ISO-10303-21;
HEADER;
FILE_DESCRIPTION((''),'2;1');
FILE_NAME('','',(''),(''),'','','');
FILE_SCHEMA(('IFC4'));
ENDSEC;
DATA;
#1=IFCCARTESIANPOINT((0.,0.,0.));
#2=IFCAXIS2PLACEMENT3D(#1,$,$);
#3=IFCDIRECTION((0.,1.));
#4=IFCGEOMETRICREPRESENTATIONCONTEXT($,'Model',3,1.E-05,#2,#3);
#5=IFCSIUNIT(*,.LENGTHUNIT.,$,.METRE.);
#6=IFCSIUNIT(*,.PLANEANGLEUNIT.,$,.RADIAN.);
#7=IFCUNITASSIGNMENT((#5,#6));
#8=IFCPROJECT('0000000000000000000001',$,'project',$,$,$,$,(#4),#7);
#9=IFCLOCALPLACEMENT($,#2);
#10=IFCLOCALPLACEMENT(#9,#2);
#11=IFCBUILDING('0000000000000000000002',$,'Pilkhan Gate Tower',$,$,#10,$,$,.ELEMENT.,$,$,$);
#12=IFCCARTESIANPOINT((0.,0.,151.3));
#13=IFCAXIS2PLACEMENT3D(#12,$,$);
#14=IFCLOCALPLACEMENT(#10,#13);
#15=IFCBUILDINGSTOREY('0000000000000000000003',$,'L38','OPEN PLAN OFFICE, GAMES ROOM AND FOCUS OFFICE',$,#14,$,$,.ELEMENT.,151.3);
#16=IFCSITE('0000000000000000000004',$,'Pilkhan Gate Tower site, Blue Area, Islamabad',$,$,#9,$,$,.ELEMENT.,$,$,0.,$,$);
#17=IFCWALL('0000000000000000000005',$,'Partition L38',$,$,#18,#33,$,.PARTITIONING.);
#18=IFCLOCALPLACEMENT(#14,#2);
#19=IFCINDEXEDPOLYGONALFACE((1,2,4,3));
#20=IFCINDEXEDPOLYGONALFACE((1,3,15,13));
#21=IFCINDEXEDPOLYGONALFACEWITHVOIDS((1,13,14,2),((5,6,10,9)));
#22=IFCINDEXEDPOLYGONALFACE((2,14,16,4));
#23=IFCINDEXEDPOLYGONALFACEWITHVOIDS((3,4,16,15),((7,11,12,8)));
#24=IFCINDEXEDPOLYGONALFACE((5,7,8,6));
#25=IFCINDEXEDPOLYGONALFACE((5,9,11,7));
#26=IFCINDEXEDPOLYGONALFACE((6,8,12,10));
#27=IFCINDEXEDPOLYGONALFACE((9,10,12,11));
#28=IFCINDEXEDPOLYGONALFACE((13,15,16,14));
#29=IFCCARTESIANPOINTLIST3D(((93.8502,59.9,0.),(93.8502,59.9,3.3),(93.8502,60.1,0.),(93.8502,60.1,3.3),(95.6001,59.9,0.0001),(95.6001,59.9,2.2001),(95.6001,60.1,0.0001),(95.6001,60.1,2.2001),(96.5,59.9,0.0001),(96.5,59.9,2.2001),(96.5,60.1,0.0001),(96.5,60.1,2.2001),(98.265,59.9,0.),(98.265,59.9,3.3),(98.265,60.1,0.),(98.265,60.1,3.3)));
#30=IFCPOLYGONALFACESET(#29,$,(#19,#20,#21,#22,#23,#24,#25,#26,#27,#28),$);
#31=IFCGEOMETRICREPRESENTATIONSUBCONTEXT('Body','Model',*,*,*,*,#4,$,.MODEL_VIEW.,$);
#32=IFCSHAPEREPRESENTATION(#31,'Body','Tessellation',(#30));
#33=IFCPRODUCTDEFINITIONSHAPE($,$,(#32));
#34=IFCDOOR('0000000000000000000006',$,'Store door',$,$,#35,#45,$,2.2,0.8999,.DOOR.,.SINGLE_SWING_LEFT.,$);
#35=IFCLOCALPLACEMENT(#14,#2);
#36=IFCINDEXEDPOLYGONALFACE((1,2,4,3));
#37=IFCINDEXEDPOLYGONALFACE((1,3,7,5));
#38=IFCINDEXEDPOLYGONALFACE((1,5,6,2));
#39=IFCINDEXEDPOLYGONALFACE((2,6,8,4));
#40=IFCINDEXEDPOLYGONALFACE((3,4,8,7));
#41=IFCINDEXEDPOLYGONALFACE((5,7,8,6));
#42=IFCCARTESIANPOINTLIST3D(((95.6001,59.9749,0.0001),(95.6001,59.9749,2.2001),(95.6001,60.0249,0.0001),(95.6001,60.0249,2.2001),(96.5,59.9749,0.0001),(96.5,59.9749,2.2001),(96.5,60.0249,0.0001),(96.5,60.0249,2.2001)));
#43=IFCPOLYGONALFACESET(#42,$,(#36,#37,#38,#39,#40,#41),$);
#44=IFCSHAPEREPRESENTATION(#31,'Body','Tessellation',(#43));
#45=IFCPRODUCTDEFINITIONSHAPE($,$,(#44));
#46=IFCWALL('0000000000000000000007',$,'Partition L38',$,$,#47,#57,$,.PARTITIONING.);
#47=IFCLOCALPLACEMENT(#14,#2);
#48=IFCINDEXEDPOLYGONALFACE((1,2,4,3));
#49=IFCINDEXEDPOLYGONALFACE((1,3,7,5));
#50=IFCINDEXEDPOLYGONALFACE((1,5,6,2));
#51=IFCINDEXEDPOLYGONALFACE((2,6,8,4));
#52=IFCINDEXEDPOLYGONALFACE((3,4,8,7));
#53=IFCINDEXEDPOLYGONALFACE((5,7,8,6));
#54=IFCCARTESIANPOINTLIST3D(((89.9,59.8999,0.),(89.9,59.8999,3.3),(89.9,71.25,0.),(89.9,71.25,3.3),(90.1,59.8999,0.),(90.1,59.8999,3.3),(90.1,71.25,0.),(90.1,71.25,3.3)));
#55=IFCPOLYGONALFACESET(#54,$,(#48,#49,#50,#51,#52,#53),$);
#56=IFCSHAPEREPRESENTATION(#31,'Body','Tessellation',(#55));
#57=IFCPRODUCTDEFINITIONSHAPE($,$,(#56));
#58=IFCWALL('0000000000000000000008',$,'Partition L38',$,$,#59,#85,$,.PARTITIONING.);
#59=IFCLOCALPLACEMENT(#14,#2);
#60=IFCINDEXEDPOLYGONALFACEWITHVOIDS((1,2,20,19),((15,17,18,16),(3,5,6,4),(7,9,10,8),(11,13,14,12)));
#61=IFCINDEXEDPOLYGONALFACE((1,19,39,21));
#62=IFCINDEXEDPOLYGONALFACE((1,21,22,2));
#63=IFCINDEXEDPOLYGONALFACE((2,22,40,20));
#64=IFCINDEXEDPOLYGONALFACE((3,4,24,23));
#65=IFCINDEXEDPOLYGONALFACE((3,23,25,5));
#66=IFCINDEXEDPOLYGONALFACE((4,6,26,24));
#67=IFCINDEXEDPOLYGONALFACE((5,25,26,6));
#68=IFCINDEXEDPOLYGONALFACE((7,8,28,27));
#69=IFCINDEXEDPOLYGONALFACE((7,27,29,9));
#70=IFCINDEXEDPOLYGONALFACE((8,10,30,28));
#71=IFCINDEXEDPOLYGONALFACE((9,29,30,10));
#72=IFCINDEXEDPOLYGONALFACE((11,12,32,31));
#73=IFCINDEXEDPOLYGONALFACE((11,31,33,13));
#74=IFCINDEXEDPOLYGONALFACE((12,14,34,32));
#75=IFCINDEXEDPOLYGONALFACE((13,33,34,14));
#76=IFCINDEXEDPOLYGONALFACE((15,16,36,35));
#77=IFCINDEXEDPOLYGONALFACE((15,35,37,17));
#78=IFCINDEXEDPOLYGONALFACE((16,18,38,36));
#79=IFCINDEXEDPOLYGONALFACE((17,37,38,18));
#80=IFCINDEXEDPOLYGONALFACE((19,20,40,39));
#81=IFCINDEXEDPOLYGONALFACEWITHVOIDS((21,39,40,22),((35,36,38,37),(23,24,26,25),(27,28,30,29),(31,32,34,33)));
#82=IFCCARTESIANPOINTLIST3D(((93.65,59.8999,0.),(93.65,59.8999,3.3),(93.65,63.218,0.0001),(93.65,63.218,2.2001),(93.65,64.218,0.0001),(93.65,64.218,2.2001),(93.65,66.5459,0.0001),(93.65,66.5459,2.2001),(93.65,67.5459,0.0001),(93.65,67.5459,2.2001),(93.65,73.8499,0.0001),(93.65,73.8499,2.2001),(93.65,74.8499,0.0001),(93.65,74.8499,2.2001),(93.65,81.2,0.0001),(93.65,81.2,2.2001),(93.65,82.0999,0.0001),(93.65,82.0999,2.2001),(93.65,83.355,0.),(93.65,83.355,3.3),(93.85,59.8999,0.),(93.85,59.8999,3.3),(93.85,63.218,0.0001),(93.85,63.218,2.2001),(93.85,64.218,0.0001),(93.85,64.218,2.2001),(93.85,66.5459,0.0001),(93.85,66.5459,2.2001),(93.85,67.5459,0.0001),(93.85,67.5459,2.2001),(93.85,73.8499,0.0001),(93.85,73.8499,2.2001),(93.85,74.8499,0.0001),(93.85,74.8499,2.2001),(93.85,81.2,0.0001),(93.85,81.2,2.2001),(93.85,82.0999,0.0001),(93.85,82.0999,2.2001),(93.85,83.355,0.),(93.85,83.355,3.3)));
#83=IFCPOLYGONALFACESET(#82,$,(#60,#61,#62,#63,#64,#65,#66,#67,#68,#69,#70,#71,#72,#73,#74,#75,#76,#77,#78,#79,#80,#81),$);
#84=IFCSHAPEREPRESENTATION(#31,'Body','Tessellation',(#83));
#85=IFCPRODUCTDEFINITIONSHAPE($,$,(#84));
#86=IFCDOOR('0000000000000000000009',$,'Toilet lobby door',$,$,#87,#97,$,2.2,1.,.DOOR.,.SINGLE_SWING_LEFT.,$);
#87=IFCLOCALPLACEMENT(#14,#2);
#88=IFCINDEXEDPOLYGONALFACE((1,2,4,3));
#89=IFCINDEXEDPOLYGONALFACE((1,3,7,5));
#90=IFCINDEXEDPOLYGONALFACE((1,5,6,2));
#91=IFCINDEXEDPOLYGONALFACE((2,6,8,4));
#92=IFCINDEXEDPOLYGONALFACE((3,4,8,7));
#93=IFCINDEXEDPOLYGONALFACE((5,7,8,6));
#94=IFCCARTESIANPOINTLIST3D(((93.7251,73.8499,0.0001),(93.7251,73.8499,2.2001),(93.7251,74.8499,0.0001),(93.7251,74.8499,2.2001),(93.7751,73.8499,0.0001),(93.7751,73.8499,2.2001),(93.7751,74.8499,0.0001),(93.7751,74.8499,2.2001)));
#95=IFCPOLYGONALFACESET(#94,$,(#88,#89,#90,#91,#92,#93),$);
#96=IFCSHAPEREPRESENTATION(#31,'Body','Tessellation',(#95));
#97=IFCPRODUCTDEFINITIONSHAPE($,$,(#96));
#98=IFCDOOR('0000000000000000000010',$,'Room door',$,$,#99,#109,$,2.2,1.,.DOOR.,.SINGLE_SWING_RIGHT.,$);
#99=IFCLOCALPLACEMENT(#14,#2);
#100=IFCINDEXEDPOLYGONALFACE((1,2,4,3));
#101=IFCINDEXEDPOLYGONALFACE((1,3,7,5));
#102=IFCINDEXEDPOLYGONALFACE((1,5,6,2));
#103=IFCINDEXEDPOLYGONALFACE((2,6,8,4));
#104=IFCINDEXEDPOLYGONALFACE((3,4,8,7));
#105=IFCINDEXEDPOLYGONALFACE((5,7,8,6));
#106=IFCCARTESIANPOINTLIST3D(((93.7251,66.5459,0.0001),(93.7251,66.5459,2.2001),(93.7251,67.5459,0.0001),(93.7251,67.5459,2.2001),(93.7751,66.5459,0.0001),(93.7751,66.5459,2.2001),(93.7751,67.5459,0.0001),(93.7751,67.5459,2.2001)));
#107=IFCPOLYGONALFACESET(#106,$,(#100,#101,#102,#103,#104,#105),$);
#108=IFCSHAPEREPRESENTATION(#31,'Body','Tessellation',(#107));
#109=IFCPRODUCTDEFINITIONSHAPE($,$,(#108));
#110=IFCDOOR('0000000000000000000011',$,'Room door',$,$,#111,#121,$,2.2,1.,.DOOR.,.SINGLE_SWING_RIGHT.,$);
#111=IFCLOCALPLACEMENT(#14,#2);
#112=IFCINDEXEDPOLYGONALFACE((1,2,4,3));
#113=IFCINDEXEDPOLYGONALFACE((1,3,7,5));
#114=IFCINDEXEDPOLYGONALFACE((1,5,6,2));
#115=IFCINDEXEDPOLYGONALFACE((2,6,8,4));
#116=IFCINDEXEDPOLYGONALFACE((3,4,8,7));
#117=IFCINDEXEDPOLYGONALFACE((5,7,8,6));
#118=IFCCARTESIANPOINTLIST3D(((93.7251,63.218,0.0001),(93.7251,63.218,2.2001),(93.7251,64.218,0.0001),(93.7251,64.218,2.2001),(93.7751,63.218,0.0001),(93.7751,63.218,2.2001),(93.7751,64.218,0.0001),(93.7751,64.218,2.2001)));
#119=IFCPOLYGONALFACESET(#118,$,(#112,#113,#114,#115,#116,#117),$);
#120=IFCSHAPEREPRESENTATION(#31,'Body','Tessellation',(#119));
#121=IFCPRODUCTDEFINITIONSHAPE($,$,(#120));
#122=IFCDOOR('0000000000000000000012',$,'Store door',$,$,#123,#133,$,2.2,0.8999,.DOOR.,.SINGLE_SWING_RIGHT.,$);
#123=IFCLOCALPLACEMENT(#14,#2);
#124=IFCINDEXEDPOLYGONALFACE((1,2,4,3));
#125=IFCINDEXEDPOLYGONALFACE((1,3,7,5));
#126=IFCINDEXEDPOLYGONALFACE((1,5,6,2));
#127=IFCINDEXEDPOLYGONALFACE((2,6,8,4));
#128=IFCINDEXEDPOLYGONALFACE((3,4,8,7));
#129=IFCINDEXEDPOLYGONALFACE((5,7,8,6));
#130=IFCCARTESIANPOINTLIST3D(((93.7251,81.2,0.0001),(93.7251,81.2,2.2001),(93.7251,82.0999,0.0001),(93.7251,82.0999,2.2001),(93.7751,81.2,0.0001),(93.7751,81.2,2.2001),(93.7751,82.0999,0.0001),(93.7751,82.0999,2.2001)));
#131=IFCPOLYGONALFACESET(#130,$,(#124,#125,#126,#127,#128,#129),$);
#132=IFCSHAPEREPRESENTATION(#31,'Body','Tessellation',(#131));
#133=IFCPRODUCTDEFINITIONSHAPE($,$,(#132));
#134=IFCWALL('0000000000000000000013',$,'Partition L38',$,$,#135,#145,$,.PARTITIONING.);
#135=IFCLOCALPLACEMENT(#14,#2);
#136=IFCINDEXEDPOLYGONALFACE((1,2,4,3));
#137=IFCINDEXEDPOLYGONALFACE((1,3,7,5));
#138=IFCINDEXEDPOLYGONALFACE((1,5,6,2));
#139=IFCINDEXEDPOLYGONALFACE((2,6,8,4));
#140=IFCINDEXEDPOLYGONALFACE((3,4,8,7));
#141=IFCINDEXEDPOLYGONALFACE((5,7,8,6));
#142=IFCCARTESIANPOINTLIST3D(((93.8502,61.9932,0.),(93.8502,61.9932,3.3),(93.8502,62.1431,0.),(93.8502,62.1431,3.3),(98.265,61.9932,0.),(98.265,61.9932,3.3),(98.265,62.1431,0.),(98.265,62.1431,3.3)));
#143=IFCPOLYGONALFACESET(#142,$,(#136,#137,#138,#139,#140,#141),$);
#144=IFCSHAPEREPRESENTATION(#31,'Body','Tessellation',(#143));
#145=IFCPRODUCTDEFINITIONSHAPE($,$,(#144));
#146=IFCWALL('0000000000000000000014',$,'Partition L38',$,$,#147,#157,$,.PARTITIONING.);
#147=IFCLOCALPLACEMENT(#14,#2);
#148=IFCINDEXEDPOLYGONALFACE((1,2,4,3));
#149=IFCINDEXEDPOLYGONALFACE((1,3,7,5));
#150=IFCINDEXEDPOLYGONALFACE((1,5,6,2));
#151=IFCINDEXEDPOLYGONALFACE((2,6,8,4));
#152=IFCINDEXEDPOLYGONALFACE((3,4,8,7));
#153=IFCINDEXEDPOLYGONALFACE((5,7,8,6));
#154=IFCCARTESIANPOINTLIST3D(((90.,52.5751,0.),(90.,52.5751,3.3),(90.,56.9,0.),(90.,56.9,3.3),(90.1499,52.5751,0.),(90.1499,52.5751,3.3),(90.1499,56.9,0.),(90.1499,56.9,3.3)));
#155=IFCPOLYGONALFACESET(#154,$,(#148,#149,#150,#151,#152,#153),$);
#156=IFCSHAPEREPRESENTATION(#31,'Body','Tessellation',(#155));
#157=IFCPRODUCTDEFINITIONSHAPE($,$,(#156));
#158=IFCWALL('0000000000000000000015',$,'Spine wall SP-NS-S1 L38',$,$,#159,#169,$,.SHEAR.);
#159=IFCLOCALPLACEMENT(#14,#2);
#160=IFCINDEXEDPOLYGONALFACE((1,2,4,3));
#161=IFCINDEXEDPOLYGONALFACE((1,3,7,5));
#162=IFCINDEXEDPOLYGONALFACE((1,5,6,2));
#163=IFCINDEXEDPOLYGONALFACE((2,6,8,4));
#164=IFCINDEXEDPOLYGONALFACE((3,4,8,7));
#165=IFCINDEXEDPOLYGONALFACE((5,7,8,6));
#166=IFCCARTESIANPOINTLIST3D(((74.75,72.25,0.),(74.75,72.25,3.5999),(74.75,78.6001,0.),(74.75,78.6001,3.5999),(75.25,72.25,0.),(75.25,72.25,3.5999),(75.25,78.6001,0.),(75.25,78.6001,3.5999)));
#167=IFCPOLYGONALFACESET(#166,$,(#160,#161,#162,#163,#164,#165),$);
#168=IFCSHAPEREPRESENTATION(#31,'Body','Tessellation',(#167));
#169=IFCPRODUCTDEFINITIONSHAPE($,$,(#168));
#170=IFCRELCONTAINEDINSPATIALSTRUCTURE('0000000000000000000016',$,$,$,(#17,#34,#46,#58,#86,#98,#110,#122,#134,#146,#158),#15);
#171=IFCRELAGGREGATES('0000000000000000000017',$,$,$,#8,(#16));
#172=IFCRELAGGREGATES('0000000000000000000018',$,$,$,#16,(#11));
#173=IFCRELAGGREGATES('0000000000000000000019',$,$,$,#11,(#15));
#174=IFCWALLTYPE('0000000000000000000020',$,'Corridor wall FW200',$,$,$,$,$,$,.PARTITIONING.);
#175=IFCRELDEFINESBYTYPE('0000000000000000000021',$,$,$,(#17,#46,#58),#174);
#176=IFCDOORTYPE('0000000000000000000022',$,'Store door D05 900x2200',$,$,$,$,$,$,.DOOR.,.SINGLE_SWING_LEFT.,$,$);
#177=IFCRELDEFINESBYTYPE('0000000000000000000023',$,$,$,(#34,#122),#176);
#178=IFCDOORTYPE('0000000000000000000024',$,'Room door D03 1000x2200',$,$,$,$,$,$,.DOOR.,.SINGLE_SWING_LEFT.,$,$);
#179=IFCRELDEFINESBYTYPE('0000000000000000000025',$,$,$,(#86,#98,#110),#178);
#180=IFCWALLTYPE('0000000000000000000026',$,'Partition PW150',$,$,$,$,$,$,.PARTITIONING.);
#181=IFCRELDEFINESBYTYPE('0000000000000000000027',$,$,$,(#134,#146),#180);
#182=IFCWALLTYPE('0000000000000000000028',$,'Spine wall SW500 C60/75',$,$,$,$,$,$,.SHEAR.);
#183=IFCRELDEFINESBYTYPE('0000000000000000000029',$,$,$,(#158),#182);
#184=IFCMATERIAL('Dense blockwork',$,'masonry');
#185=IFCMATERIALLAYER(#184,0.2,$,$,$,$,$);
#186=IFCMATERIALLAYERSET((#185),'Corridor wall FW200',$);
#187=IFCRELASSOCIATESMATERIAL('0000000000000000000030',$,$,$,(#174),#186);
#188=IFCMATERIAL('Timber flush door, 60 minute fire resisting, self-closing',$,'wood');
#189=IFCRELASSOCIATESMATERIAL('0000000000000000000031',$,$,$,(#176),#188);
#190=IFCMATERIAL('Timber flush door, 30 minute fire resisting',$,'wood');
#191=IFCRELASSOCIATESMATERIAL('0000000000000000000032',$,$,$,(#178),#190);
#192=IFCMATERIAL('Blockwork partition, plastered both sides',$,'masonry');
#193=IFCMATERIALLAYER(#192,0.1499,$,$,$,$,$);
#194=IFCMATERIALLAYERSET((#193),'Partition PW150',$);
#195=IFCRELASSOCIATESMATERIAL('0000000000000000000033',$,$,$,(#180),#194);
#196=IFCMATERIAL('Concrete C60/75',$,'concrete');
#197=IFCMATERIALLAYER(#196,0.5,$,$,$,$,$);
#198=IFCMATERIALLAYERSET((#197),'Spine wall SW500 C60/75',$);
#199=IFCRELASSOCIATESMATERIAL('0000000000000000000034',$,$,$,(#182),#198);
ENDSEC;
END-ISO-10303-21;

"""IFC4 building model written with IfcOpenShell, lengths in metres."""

from ifc_helpers import new_model, si_unit, direction, frame, frame_2d, origin, place, context, subcontext, project, spatial, rectangle, extrude, material, layer, layer_set, type_object, element, fill, save


model = new_model("IFC4")

# Units and contexts
model_context = context("Model", 3, precision=1e-05, world=origin(), true_north=direction((0.0, 1.0)))
body_context = subcontext(model_context, "Body", "Model", "MODEL_VIEW")
ifc_project = project(units=[si_unit("LENGTHUNIT", "METRE"), si_unit("PLANEANGLEUNIT", "RADIAN")], contexts=[model_context])

# Site, building, storey
site_placement = place(None, origin())
site = spatial("IfcSite", under=ifc_project, at=site_placement, Name="Pilkhan Gate Tower site, Blue Area, Islamabad", CompositionType="ELEMENT", RefElevation=0.0)
building_placement = place(site_placement, origin())
building = spatial("IfcBuilding", under=site, at=building_placement, Name="Pilkhan Gate Tower", CompositionType="ELEMENT")
storey_placement = place(building_placement, frame((0.0, 0.0, 151.3)))
storey = spatial("IfcBuildingStorey", under=building, at=storey_placement, Name="L38", Description="OPEN PLAN OFFICE, GAMES ROOM AND FOCUS OFFICE", CompositionType="ELEMENT", Elevation=151.3)

# Shared definitions
ifc_material_1 = material(Name="Concrete C60/75", Category="concrete")

# Wall, opening, door
ifc_material_2 = material(Name="Dense blockwork", Category="masonry")
ifc_layer_1 = layer(ifc_material_2, 0.2)
ifc_layer_set_1 = layer_set([ifc_layer_1], Name="Corridor wall FW200")
wall_type_1 = type_object("IfcWallType", Name="Corridor wall FW200", PredefinedType="PARTITIONING", material=ifc_layer_set_1)
wall_1_placement = place(storey_placement, frame((93.8501, 60.0, 0.0), z_axis=(0.0, 0.0, 1.0), x_axis=(1.0, 0.0, 0.0)))
wall_1 = element("IfcWall", 1, at=wall_1_placement, inside=storey, type_object=wall_type_1, Name="Partition L38", PredefinedType="PARTITIONING", context=body_context, shape_type="SweptSolid", body=[
    extrude(rectangle(XDim=4.4148, YDim=0.2, at=frame_2d((2.2075, 0.0))), origin(), (0.0, 0.0, 1.0), 3.3),
])
opening_1_placement = place(wall_1_placement, frame((1.75, 0.0, 0.0)))
opening_1 = element("IfcOpeningElement", 2, at=opening_1_placement, cuts=wall_1, PredefinedType="OPENING", context=body_context, shape_type="SweptSolid", body=[
    extrude(rectangle(XDim=0.8999, YDim=2.2, at=frame_2d((0.45, 1.1001))), frame((0.0, 0.1099, 0.0), z_axis=(0.0, -1.0, 0.0), x_axis=(1.0, 0.0, 0.0)), (0.0, 0.0, 1.0), 0.22),
])
ifc_material_3 = material(Name="Timber flush door, 60 minute fire resisting, self-closing", Category="wood")
door_type_1 = type_object("IfcDoorType", Name="Store door D05 900x2200", OperationType="SINGLE_SWING_LEFT", PredefinedType="DOOR", material=ifc_material_3)
door_1_placement = place(opening_1_placement, origin())
door_1 = element("IfcDoor", 3, at=door_1_placement, inside=storey, type_object=door_type_1, Name="Store door", OperationType="SINGLE_SWING_LEFT", OverallHeight=2.2, OverallWidth=0.8999, PredefinedType="DOOR", context=body_context, shape_type="SweptSolid", body=[
    extrude(rectangle(XDim=0.8999, YDim=2.2, at=frame_2d((0.45, 1.1001))), frame((0.0, 0.0249, 0.0), z_axis=(0.0, -1.0, 0.0), x_axis=(1.0, 0.0, 0.0)), (0.0, 0.0, 1.0), 0.05),
])
fill(opening_1, door_1)

# Wall
wall_2_placement = place(storey_placement, frame((90.0, 59.8999, 0.0), z_axis=(0.0, 0.0, 1.0), x_axis=(0.0, 1.0, 0.0)))
element("IfcWall", 4, at=wall_2_placement, inside=storey, type_object=wall_type_1, Name="Partition L38", PredefinedType="PARTITIONING", context=body_context, shape_type="SweptSolid", body=[
    extrude(rectangle(XDim=11.3501, YDim=0.2, at=frame_2d((5.675, 0.0))), origin(), (0.0, 0.0, 1.0), 3.3),
])

# Wall, openings, doors
wall_3_placement = place(storey_placement, frame((93.75, 59.8999, 0.0), z_axis=(0.0, 0.0, 1.0), x_axis=(0.0, 1.0, 0.0)))
wall_3 = element("IfcWall", 5, at=wall_3_placement, inside=storey, type_object=wall_type_1, Name="Partition L38", PredefinedType="PARTITIONING", context=body_context, shape_type="SweptSolid", body=[
    extrude(rectangle(XDim=23.4551, YDim=0.2, at=frame_2d((11.7275, 0.0))), origin(), (0.0, 0.0, 1.0), 3.3),
])
opening_2_placement = place(wall_3_placement, frame((13.95, 0.0, 0.0)))
opening_2 = element("IfcOpeningElement", 6, at=opening_2_placement, cuts=wall_3, PredefinedType="OPENING", context=body_context, shape_type="SweptSolid", body=[
    extrude(rectangle(XDim=1.0, YDim=2.2, at=frame_2d((0.5, 1.1001))), frame((0.0, 0.1099, 0.0), z_axis=(0.0, -1.0, 0.0), x_axis=(1.0, 0.0, 0.0)), (0.0, 0.0, 1.0), 0.22),
])
opening_3_placement = place(wall_3_placement, frame((6.646, 0.0, 0.0)))
opening_3 = element("IfcOpeningElement", 7, at=opening_3_placement, cuts=wall_3, PredefinedType="OPENING", context=body_context, shape_type="SweptSolid", body=[
    extrude(rectangle(XDim=1.0, YDim=2.2, at=frame_2d((0.5, 1.1001))), frame((0.0, 0.1099, 0.0), z_axis=(0.0, -1.0, 0.0), x_axis=(1.0, 0.0, 0.0)), (0.0, 0.0, 1.0), 0.22),
])
opening_4_placement = place(wall_3_placement, frame((3.3181, 0.0, 0.0)))
opening_4 = element("IfcOpeningElement", 8, at=opening_4_placement, cuts=wall_3, PredefinedType="OPENING", context=body_context, shape_type="SweptSolid", body=[
    extrude(rectangle(XDim=1.0, YDim=2.2, at=frame_2d((0.5, 1.1001))), frame((0.0, 0.1099, 0.0), z_axis=(0.0, -1.0, 0.0), x_axis=(1.0, 0.0, 0.0)), (0.0, 0.0, 1.0), 0.22),
])
opening_5_placement = place(wall_3_placement, frame((21.3, 0.0, 0.0)))
opening_5 = element("IfcOpeningElement", 9, at=opening_5_placement, cuts=wall_3, PredefinedType="OPENING", context=body_context, shape_type="SweptSolid", body=[
    extrude(rectangle(XDim=0.8999, YDim=2.2, at=frame_2d((0.45, 1.1001))), frame((0.0, 0.1099, 0.0), z_axis=(0.0, -1.0, 0.0), x_axis=(1.0, 0.0, 0.0)), (0.0, 0.0, 1.0), 0.22),
])
ifc_material_4 = material(Name="Timber flush door, 30 minute fire resisting", Category="wood")
door_type_2 = type_object("IfcDoorType", Name="Room door D03 1000x2200", OperationType="SINGLE_SWING_LEFT", PredefinedType="DOOR", material=ifc_material_4)
door_2_placement = place(opening_2_placement, origin())
door_2 = element("IfcDoor", 10, at=door_2_placement, inside=storey, type_object=door_type_2, Name="Toilet lobby door", OperationType="SINGLE_SWING_LEFT", OverallHeight=2.2, OverallWidth=1.0, PredefinedType="DOOR", context=body_context, shape_type="SweptSolid", body=[
    extrude(rectangle(XDim=1.0, YDim=2.2, at=frame_2d((0.5, 1.1001))), frame((0.0, 0.0249, 0.0), z_axis=(0.0, -1.0, 0.0), x_axis=(1.0, 0.0, 0.0)), (0.0, 0.0, 1.0), 0.05),
])
fill(opening_2, door_2)
door_3_placement = place(opening_3_placement, origin())
door_3 = element("IfcDoor", 11, at=door_3_placement, inside=storey, type_object=door_type_2, Name="Room door", OperationType="SINGLE_SWING_RIGHT", OverallHeight=2.2, OverallWidth=1.0, PredefinedType="DOOR", context=body_context, shape_type="SweptSolid", body=[
    extrude(rectangle(XDim=1.0, YDim=2.2, at=frame_2d((0.5, 1.1001))), frame((0.0, 0.0249, 0.0), z_axis=(0.0, -1.0, 0.0), x_axis=(1.0, 0.0, 0.0)), (0.0, 0.0, 1.0), 0.05),
])
fill(opening_3, door_3)
door_4_placement = place(opening_4_placement, origin())
door_4 = element("IfcDoor", 12, at=door_4_placement, inside=storey, type_object=door_type_2, Name="Room door", OperationType="SINGLE_SWING_RIGHT", OverallHeight=2.2, OverallWidth=1.0, PredefinedType="DOOR", context=body_context, shape_type="SweptSolid", body=[
    extrude(rectangle(XDim=1.0, YDim=2.2, at=frame_2d((0.5, 1.1001))), frame((0.0, 0.0249, 0.0), z_axis=(0.0, -1.0, 0.0), x_axis=(1.0, 0.0, 0.0)), (0.0, 0.0, 1.0), 0.05),
])
fill(opening_4, door_4)
door_5_placement = place(opening_5_placement, origin())
door_5 = element("IfcDoor", 13, at=door_5_placement, inside=storey, type_object=door_type_1, Name="Store door", OperationType="SINGLE_SWING_RIGHT", OverallHeight=2.2, OverallWidth=0.8999, PredefinedType="DOOR", context=body_context, shape_type="SweptSolid", body=[
    extrude(rectangle(XDim=0.8999, YDim=2.2, at=frame_2d((0.45, 1.1001))), frame((0.0, 0.0249, 0.0), z_axis=(0.0, -1.0, 0.0), x_axis=(1.0, 0.0, 0.0)), (0.0, 0.0, 1.0), 0.05),
])
fill(opening_5, door_5)

# Walls
ifc_material_5 = material(Name="Blockwork partition, plastered both sides", Category="masonry")
ifc_layer_2 = layer(ifc_material_5, 0.1499)
ifc_layer_set_2 = layer_set([ifc_layer_2], Name="Partition PW150")
wall_type_2 = type_object("IfcWallType", Name="Partition PW150", PredefinedType="PARTITIONING", material=ifc_layer_set_2)
wall_4_placement = place(storey_placement, frame((93.8501, 62.0681, 0.0), z_axis=(0.0, 0.0, 1.0), x_axis=(1.0, 0.0, 0.0)))
element("IfcWall", 14, at=wall_4_placement, inside=storey, type_object=wall_type_2, Name="Partition L38", PredefinedType="PARTITIONING", context=body_context, shape_type="SweptSolid", body=[
    extrude(rectangle(XDim=4.4148, YDim=0.1499, at=frame_2d((2.2075, 0.0))), origin(), (0.0, 0.0, 1.0), 3.3),
])
wall_5_placement = place(storey_placement, frame((90.075, 52.575, 0.0), z_axis=(0.0, 0.0, 1.0), x_axis=(0.0, 1.0, 0.0)))
element("IfcWall", 15, at=wall_5_placement, inside=storey, type_object=wall_type_2, Name="Partition L38", PredefinedType="PARTITIONING", context=body_context, shape_type="SweptSolid", body=[
    extrude(rectangle(XDim=4.325, YDim=0.1499, at=frame_2d((2.1626, 0.0))), origin(), (0.0, 0.0, 1.0), 3.3),
])
ifc_layer_3 = layer(ifc_material_1, 0.5)
ifc_layer_set_3 = layer_set([ifc_layer_3], Name="Spine wall SW500 C60/75")
wall_type_3 = type_object("IfcWallType", Name="Spine wall SW500 C60/75", PredefinedType="SHEAR", material=ifc_layer_set_3)
wall_6_placement = place(storey_placement, frame((75.0, 72.25, 0.0), z_axis=(0.0, 0.0, 1.0), x_axis=(0.0, 1.0, 0.0)))
element("IfcWall", 16, at=wall_6_placement, inside=storey, type_object=wall_type_3, Name="Spine wall SP-NS-S1 L38", PredefinedType="SHEAR", context=body_context, shape_type="SweptSolid", body=[
    extrude(rectangle(XDim=6.3501, YDim=0.5, at=frame_2d((3.175, 0.0))), origin(), (0.0, 0.0, 1.0), 3.5999),
])

save(model, "model.ifc")
